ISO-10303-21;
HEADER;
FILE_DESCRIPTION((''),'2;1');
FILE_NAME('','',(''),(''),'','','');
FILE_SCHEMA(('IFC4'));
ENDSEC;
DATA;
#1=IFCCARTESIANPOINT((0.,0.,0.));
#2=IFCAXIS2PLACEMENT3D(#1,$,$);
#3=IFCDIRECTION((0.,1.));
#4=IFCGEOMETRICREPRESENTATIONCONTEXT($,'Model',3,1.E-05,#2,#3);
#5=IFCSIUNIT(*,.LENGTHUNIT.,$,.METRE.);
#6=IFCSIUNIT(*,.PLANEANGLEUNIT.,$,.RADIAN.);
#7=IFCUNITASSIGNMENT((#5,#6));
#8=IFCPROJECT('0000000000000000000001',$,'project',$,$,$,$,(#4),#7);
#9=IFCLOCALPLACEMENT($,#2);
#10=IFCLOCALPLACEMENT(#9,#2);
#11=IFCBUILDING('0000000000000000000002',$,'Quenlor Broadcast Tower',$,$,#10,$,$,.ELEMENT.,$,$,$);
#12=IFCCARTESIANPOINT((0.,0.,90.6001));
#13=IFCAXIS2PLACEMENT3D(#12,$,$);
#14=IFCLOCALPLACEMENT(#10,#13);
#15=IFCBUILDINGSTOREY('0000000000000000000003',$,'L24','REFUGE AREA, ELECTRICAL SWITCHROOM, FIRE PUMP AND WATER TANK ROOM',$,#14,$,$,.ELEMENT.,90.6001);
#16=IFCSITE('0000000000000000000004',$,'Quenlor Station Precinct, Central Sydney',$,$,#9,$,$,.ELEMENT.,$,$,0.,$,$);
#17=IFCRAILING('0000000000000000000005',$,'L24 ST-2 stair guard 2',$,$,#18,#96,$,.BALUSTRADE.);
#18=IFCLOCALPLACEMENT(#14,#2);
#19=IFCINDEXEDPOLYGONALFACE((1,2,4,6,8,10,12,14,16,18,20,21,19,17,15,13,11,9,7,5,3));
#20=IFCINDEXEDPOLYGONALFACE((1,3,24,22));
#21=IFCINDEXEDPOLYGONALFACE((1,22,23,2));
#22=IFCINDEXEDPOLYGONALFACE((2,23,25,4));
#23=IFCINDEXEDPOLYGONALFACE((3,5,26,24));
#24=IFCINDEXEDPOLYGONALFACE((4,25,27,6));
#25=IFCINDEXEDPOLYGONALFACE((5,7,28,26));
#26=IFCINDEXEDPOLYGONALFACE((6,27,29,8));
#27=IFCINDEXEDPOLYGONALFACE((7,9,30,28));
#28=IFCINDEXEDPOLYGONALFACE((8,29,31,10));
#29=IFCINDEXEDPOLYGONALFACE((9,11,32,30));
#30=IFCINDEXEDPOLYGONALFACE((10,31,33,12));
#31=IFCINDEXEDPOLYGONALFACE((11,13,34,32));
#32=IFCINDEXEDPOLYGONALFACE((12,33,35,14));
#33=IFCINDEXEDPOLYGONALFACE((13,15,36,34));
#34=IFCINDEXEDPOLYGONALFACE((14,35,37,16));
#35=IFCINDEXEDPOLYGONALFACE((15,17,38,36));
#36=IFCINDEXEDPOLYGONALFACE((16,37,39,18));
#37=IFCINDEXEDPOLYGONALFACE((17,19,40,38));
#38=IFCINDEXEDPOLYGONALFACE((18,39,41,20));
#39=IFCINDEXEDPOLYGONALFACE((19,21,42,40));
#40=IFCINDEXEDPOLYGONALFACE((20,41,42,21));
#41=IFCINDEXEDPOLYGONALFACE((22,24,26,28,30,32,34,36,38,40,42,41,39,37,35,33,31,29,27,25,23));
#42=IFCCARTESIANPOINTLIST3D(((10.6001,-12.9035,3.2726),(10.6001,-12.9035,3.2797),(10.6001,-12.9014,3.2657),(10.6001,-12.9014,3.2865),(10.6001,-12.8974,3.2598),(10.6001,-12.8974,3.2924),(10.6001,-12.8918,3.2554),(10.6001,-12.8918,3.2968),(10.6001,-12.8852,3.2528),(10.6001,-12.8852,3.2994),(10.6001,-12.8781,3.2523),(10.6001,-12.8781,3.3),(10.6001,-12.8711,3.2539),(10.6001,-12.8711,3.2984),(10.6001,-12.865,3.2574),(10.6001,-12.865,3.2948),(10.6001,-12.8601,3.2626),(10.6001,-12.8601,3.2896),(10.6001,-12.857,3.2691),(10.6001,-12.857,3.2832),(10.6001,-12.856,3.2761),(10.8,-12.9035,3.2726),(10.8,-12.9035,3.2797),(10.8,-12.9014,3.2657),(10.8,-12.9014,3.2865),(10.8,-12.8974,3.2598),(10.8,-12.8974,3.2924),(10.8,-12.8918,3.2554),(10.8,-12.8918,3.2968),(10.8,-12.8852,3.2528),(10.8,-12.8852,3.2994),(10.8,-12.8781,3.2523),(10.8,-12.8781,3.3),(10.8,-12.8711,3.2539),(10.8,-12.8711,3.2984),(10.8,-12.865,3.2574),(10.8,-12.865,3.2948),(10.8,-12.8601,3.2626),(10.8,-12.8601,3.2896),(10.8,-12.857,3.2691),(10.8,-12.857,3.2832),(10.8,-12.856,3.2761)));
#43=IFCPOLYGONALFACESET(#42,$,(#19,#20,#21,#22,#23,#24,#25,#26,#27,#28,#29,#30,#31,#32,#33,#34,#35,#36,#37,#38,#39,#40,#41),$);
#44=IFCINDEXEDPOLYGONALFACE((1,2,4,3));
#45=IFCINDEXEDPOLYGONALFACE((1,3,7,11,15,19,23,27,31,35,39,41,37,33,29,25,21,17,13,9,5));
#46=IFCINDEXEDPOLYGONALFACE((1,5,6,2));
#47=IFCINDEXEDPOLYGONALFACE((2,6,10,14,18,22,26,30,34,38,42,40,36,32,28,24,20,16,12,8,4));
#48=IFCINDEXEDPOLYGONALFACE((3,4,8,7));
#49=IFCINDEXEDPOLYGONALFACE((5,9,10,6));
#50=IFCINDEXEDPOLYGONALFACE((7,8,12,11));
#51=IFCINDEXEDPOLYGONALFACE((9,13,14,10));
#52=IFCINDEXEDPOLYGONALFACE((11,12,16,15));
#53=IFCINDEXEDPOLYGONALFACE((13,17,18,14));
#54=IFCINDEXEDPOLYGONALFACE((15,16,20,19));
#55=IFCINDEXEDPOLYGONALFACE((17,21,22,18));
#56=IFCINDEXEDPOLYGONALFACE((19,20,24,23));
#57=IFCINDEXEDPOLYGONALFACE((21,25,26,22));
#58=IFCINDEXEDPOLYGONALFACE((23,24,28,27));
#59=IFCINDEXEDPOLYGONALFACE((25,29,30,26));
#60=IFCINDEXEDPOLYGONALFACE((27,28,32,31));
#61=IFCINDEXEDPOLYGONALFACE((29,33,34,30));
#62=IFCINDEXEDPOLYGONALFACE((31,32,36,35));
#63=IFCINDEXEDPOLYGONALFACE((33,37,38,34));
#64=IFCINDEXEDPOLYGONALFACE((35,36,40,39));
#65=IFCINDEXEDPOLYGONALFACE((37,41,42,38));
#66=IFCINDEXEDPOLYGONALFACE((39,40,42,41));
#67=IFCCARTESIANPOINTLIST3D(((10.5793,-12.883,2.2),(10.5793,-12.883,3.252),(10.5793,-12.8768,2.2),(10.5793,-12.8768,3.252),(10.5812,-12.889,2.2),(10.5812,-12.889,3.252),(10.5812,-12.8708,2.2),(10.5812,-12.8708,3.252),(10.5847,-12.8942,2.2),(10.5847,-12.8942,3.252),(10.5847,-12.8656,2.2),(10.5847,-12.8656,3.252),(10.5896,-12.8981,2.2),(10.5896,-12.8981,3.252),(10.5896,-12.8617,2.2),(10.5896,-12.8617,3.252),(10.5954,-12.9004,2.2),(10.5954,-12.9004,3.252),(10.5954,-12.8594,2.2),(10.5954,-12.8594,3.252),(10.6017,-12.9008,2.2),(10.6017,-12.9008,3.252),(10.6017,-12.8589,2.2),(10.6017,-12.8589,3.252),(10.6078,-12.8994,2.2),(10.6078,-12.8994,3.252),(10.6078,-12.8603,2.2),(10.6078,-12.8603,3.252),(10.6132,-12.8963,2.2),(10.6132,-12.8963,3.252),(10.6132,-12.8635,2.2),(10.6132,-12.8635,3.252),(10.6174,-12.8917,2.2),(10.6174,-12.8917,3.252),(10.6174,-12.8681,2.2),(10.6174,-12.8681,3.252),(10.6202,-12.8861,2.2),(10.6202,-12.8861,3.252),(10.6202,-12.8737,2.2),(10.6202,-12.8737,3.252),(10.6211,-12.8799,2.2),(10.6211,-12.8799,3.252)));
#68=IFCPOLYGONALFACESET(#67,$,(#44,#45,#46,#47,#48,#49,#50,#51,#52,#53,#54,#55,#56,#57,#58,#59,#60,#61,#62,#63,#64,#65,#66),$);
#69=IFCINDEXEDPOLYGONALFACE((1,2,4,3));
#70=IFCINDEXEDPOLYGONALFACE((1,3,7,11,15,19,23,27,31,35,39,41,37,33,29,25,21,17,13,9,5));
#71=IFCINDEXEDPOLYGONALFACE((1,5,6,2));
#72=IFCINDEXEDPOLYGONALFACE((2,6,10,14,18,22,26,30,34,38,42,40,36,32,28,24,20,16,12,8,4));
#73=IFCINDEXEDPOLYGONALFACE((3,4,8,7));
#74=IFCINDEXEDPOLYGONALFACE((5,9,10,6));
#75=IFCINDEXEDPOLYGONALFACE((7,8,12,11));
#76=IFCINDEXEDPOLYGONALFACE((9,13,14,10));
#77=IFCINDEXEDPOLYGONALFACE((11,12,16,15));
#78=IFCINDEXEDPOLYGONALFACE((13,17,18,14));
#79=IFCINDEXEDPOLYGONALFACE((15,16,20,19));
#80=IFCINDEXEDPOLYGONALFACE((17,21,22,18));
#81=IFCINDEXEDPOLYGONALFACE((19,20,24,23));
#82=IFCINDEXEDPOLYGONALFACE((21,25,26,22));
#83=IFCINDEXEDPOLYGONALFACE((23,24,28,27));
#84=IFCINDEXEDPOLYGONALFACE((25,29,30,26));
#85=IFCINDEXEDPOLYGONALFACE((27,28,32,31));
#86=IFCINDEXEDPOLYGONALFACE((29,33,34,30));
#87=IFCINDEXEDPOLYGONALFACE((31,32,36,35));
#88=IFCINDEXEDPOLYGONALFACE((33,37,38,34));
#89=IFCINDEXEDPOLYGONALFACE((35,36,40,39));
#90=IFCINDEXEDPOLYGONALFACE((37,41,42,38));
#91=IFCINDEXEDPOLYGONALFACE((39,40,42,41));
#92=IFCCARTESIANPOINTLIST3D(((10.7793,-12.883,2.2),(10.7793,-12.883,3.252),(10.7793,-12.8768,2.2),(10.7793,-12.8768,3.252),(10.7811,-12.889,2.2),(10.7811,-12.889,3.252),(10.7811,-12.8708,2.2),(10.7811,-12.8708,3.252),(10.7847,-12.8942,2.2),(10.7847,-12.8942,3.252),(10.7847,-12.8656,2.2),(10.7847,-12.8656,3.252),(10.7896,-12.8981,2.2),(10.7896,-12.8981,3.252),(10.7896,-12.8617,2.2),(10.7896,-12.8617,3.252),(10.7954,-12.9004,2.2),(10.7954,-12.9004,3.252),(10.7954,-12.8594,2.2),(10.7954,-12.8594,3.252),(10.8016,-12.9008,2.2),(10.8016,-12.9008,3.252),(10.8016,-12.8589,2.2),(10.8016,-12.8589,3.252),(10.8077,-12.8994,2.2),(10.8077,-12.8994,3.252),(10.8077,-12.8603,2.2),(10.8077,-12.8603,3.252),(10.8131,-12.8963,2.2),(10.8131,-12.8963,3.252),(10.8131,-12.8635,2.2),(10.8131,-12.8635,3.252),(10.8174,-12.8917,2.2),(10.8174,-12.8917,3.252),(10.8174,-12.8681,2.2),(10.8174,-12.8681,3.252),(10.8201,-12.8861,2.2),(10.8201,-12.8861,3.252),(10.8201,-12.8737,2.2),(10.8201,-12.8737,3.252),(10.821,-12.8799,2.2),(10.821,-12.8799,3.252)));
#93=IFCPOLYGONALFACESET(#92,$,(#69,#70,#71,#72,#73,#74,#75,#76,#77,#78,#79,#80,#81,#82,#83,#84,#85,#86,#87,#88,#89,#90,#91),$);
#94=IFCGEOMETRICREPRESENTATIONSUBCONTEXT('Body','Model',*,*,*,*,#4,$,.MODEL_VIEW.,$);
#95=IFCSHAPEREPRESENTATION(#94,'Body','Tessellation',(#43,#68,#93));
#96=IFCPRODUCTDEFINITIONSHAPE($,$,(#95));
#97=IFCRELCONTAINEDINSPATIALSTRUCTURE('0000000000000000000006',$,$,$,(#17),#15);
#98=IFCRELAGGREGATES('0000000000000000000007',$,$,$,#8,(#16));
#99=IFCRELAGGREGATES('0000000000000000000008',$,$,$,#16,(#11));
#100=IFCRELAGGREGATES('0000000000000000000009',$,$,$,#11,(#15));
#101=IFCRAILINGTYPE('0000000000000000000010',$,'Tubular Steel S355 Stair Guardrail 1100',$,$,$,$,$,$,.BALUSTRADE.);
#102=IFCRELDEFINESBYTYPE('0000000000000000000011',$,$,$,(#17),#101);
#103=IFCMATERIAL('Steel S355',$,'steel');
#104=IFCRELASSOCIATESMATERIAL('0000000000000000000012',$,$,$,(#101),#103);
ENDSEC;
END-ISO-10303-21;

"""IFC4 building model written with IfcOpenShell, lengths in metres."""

from ifc_helpers import new_model, si_unit, direction, frame, origin, origin_2d, place, context, subcontext, project, spatial, circle, extrude, material, type_object, element, save


model = new_model("IFC4")

# Units and contexts
model_context = context("Model", 3, precision=1e-05, world=origin(), true_north=direction((0.0, 1.0)))
body_context = subcontext(model_context, "Body", "Model", "MODEL_VIEW")
ifc_project = project(units=[si_unit("LENGTHUNIT", "METRE"), si_unit("PLANEANGLEUNIT", "RADIAN")], contexts=[model_context])

# Site, building, storey
site_placement = place(None, origin())
site = spatial("IfcSite", under=ifc_project, at=site_placement, Name="Quenlor Station Precinct, Central Sydney", CompositionType="ELEMENT", RefElevation=0.0)
building_placement = place(site_placement, origin())
building = spatial("IfcBuilding", under=site, at=building_placement, Name="Quenlor Broadcast Tower", CompositionType="ELEMENT")
storey_placement = place(building_placement, frame((0.0, 0.0, 90.6001)))
storey = spatial("IfcBuildingStorey", under=building, at=storey_placement, Name="L24", Description="REFUGE AREA, ELECTRICAL SWITCHROOM, FIRE PUMP AND WATER TANK ROOM", CompositionType="ELEMENT", Elevation=90.6001)

# Railing
ifc_material_1 = material(Name="Steel S355", Category="steel")
railing_type_1 = type_object("IfcRailingType", Name="Tubular Steel S355 Stair Guardrail 1100", PredefinedType="BALUSTRADE", material=ifc_material_1)
railing_1_placement = place(storey_placement, frame((10.6001, -12.8799, 2.2)))
element("IfcRailing", 1, at=railing_1_placement, inside=storey, type_object=railing_type_1, Name="L24 ST-2 stair guard 2", PredefinedType="BALUSTRADE", context=body_context, shape_type="SweptSolid", body=[
    extrude(circle(Radius=0.0239, at=origin_2d()), frame((0.0, 0.0, 1.0762), z_axis=(1.0, 0.0, 0.0), x_axis=(0.0, 1.0, 0.0)), (0.0, 0.0, 1.0), 0.2),
    extrude(circle(Radius=0.021, at=origin_2d()), origin(), (0.0, 0.0, 1.0), 1.052),
    extrude(circle(Radius=0.021, at=origin_2d()), frame((0.2, 0.0, 0.0)), (0.0, 0.0, 1.0), 1.052),
])

save(model, "model.ifc")
